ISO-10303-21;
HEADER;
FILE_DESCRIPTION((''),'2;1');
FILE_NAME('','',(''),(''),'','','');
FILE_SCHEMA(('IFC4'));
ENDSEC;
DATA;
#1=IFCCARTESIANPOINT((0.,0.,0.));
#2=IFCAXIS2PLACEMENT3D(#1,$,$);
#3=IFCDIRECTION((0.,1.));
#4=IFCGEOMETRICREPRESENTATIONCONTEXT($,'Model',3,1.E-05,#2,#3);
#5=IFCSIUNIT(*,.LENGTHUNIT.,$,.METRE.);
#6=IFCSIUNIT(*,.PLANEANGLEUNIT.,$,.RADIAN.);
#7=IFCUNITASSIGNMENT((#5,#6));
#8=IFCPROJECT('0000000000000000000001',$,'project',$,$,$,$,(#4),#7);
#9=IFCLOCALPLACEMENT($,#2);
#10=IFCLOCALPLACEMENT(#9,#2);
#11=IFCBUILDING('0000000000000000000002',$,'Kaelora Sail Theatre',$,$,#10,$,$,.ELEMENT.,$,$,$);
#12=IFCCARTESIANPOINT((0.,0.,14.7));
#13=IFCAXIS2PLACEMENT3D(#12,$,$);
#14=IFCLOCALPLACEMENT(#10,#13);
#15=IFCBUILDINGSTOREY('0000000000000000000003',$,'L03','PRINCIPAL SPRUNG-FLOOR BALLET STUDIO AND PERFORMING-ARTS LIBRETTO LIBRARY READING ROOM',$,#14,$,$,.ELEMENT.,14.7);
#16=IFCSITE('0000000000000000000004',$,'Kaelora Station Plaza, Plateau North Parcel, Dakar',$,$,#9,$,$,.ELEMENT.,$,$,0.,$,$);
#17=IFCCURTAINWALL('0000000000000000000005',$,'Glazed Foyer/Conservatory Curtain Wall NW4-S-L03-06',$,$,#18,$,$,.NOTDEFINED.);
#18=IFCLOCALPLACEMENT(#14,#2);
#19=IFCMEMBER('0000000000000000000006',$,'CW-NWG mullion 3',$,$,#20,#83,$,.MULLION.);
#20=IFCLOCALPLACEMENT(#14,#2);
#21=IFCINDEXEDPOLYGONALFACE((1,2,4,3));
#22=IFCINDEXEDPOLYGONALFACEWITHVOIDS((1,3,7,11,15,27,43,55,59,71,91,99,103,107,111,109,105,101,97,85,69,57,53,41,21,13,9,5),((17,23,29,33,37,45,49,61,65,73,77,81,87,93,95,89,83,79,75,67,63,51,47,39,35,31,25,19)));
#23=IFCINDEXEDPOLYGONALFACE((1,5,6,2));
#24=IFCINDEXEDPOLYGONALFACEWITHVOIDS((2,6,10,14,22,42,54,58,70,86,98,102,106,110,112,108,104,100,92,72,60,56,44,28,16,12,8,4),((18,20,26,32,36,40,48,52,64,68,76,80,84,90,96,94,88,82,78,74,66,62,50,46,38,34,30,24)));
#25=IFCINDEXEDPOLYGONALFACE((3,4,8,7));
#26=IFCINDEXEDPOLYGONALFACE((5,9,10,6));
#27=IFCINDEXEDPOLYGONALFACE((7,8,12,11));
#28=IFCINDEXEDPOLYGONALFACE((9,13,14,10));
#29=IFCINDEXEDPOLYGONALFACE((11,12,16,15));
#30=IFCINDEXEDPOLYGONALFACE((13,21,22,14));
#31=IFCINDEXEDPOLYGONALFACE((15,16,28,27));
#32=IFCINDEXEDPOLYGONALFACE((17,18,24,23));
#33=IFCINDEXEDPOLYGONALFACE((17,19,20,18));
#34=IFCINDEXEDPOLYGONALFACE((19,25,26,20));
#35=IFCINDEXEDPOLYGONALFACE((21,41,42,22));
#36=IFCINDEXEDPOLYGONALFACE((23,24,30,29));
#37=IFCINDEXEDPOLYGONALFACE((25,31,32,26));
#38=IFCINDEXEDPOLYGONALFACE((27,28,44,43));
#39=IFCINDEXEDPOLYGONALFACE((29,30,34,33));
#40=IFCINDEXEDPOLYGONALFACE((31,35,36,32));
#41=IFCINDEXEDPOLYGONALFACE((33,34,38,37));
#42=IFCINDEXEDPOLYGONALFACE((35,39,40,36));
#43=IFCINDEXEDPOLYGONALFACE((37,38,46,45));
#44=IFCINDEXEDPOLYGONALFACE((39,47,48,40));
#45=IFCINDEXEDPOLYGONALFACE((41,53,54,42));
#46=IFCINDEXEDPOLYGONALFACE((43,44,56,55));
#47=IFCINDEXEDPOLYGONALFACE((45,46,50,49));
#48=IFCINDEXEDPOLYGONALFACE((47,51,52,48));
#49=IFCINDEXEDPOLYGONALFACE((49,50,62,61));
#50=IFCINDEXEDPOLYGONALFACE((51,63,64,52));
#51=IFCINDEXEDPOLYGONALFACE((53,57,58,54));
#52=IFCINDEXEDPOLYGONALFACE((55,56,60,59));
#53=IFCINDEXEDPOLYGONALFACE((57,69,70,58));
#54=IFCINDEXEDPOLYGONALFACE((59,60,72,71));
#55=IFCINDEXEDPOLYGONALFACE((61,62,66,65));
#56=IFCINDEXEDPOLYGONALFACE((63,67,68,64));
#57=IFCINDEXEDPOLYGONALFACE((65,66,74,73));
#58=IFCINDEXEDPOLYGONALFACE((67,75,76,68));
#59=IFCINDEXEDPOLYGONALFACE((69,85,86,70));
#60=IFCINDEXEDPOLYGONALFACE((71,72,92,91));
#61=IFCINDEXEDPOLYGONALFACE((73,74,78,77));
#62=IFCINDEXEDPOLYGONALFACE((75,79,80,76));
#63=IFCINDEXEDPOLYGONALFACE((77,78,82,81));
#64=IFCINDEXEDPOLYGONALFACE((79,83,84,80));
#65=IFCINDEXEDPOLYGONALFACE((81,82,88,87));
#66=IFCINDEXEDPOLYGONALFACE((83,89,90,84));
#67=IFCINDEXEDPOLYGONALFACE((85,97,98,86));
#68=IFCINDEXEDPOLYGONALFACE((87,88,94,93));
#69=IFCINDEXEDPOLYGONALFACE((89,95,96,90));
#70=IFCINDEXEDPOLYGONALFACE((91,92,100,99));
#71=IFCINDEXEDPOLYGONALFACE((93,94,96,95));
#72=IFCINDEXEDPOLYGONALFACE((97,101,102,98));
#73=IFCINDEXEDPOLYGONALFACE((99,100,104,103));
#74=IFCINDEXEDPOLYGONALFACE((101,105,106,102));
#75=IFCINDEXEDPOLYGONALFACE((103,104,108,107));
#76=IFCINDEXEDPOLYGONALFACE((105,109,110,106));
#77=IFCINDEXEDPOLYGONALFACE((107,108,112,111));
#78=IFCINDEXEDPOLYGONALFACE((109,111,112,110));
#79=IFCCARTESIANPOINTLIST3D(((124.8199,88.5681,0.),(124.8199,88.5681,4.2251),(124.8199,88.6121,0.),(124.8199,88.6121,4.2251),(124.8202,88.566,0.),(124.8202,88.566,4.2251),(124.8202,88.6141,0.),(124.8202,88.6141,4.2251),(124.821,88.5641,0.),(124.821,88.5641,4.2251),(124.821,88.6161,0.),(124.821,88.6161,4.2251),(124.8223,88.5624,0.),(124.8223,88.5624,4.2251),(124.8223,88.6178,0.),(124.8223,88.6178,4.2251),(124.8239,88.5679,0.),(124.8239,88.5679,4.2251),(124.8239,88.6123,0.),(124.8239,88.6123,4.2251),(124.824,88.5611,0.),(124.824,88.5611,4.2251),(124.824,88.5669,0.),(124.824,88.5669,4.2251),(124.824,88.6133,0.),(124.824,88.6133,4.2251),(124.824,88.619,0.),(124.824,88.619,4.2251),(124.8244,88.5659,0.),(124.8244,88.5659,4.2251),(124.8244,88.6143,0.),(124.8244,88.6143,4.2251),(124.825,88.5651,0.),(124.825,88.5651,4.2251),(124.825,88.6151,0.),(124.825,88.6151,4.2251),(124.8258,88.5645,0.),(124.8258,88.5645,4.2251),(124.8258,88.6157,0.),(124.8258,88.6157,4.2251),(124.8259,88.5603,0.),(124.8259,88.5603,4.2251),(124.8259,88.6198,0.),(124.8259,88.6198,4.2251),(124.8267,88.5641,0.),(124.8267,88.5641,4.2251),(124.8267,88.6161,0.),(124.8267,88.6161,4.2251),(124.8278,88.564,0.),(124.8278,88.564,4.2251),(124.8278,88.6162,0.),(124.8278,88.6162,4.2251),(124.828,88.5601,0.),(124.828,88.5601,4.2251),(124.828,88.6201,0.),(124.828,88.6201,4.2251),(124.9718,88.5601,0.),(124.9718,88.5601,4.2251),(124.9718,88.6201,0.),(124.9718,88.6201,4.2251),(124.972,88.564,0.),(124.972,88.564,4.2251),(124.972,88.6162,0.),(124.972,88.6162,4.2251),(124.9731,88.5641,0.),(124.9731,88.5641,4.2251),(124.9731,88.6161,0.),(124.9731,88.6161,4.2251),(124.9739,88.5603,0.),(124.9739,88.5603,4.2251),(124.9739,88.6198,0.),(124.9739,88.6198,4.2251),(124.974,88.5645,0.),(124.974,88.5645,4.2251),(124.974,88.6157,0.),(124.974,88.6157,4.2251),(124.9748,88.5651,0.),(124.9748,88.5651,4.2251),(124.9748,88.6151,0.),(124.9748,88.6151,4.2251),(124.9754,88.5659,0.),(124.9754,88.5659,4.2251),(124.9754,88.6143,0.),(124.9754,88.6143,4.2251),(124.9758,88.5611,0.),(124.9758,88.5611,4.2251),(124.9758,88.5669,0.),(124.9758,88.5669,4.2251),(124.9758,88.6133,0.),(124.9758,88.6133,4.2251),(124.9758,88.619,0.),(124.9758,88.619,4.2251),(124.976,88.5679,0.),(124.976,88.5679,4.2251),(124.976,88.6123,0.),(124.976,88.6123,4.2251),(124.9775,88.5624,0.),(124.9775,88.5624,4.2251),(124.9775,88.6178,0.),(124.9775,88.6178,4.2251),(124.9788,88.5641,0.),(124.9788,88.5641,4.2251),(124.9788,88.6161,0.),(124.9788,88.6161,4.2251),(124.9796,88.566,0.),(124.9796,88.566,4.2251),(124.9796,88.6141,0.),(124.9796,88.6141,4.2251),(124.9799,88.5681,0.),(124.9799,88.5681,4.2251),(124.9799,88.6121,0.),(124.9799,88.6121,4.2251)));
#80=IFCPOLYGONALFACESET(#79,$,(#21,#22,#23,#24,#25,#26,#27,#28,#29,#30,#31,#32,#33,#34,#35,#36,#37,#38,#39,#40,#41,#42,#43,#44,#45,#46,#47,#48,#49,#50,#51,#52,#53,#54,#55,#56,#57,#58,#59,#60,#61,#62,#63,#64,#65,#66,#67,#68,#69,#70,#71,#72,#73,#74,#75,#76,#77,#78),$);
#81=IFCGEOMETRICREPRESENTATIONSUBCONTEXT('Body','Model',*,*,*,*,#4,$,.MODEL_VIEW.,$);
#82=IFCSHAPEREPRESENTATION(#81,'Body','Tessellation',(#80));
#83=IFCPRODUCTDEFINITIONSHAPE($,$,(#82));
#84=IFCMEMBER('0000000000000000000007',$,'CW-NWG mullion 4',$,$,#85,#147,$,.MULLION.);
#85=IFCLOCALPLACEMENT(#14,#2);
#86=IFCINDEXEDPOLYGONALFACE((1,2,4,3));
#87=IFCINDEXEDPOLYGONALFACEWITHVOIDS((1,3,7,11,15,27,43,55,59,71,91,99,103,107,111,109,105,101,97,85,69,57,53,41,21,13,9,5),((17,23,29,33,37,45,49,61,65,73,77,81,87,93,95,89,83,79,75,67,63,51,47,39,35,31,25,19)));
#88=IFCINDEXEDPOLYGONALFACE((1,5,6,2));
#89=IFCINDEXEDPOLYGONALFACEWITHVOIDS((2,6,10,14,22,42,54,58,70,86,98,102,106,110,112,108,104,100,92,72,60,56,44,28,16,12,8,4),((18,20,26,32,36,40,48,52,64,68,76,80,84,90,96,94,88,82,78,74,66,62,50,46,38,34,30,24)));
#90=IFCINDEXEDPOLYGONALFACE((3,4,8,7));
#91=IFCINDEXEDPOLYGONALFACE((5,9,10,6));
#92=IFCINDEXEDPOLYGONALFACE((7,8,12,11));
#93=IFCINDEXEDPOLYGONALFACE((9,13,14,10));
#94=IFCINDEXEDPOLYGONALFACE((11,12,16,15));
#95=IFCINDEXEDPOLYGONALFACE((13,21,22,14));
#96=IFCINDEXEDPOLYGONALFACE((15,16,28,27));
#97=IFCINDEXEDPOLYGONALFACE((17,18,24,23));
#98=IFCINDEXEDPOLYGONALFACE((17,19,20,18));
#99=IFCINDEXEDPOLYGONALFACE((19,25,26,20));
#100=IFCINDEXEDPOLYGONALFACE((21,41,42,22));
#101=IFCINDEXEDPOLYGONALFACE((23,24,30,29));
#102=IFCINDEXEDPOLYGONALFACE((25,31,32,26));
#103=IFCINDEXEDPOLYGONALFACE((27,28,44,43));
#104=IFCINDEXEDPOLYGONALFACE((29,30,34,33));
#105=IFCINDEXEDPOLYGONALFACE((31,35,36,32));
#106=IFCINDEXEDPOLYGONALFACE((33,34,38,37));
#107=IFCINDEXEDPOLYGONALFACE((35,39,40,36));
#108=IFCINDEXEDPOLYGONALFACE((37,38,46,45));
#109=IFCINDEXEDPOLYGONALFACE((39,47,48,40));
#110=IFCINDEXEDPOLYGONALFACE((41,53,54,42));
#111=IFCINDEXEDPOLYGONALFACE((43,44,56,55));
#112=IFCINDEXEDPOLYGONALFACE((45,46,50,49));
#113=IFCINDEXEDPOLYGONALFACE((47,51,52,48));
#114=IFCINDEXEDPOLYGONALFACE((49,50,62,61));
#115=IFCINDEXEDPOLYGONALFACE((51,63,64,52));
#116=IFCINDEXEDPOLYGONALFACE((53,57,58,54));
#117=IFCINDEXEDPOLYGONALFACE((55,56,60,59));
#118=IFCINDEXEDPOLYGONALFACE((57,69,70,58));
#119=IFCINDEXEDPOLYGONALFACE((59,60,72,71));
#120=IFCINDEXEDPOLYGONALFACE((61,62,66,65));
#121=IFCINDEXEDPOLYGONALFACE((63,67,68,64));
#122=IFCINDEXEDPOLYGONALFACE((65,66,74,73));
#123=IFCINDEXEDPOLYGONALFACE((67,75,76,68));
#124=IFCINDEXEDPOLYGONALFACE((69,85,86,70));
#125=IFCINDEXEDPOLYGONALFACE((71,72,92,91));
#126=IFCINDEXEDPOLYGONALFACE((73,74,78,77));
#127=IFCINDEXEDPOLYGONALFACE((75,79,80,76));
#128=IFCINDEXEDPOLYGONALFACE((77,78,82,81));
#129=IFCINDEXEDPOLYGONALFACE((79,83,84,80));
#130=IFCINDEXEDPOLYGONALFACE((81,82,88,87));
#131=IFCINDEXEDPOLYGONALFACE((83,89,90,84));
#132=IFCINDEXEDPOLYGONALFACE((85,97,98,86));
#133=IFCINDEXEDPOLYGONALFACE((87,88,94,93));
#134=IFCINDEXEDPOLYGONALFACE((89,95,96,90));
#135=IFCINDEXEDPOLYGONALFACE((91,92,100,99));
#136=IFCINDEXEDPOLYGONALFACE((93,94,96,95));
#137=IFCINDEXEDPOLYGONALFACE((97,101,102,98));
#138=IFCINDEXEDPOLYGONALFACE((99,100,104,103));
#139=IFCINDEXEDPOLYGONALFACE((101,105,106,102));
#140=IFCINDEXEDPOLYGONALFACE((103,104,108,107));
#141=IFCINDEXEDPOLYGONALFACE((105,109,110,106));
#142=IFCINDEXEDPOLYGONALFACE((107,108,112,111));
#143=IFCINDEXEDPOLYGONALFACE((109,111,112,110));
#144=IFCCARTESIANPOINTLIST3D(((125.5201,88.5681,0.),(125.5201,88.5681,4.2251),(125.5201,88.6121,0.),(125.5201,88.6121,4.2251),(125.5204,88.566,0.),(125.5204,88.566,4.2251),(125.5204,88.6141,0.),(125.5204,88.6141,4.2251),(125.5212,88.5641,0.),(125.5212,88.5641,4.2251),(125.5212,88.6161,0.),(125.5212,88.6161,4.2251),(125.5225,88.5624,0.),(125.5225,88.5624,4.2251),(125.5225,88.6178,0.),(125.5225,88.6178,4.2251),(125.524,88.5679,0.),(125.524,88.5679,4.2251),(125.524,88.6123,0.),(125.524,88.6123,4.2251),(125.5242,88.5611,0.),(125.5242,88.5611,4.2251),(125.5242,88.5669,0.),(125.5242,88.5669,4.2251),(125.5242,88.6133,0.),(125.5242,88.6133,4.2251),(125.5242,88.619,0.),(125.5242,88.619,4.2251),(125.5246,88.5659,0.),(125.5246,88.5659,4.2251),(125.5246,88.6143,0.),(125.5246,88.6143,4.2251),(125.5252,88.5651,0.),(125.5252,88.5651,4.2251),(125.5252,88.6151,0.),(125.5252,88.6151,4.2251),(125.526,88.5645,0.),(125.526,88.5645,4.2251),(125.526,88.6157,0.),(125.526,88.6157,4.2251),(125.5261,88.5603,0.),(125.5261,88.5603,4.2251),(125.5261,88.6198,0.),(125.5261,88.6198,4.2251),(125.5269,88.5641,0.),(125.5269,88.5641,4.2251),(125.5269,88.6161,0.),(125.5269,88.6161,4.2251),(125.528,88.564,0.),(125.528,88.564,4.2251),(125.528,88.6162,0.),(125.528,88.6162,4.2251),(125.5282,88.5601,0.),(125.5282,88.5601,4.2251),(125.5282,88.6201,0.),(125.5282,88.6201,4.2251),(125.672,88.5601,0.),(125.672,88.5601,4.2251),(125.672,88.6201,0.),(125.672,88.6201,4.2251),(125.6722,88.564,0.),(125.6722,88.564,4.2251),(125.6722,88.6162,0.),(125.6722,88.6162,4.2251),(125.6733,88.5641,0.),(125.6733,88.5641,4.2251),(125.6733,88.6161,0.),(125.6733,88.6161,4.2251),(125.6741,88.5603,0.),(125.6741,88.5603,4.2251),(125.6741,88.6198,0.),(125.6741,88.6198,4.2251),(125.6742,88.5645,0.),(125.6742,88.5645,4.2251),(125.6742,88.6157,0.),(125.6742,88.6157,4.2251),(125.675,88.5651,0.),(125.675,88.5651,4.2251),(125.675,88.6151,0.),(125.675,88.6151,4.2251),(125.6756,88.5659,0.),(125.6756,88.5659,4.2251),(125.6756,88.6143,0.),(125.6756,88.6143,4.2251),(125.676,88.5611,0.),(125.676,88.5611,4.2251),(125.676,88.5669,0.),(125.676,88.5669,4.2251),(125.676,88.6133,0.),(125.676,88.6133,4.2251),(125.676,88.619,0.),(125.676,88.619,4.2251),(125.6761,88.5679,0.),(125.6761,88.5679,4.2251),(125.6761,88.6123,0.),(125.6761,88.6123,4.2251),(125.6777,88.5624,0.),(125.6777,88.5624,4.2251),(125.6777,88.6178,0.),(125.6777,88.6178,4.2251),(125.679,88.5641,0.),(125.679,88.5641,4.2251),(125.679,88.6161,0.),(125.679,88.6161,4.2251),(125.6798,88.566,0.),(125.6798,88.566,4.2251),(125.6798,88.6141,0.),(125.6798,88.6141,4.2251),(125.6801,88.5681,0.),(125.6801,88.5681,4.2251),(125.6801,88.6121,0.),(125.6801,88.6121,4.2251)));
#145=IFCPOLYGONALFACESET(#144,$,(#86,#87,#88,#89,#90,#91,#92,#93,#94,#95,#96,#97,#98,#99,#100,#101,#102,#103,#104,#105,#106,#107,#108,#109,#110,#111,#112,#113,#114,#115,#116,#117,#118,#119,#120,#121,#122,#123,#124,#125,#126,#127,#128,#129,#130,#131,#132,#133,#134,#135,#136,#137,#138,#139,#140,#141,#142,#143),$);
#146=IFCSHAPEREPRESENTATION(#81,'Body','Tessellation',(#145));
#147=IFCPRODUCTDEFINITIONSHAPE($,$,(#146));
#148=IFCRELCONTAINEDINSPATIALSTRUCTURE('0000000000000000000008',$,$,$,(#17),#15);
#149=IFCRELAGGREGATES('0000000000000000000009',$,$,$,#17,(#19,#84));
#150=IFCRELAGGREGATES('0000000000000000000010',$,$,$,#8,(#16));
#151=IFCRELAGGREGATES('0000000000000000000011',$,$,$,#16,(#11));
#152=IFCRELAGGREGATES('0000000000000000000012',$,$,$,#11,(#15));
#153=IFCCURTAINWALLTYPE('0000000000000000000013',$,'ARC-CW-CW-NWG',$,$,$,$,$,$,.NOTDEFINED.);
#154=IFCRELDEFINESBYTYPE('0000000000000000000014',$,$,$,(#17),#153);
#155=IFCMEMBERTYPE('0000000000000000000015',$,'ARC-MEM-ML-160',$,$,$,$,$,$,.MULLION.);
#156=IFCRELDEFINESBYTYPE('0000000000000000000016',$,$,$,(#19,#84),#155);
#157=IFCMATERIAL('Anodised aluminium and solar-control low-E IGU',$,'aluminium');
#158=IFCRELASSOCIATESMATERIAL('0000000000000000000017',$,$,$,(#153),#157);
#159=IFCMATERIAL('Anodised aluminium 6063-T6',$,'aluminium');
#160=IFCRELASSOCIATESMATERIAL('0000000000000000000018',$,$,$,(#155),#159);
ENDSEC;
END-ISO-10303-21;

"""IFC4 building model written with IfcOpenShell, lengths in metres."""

from ifc_helpers import new_model, si_unit, direction, frame, origin, origin_2d, place, context, subcontext, project, spatial, hollow_rectangle, extrude, material, material_profile, profile_set, type_object, element, aggregate, save


model = new_model("IFC4")

# Units and contexts
model_context = context("Model", 3, precision=1e-05, world=origin(), true_north=direction((0.0, 1.0)))
body_context = subcontext(model_context, "Body", "Model", "MODEL_VIEW")
ifc_project = project(units=[si_unit("LENGTHUNIT", "METRE"), si_unit("PLANEANGLEUNIT", "RADIAN")], contexts=[model_context])

# Site, building, storey
site_placement = place(None, origin())
site = spatial("IfcSite", under=ifc_project, at=site_placement, Name="Kaelora Station Plaza, Plateau North Parcel, Dakar", CompositionType="ELEMENT", RefElevation=0.0)
building_placement = place(site_placement, origin())
building = spatial("IfcBuilding", under=site, at=building_placement, Name="Kaelora Sail Theatre", CompositionType="ELEMENT")
storey_placement = place(building_placement, frame((0.0, 0.0, 14.7)))
storey = spatial("IfcBuildingStorey", under=building, at=storey_placement, Name="L03", Description="PRINCIPAL SPRUNG-FLOOR BALLET STUDIO AND PERFORMING-ARTS LIBRETTO LIBRARY READING ROOM", CompositionType="ELEMENT", Elevation=14.7)

# Curtain wall, members
ifc_material_1 = material(Name="Anodised aluminium and solar-control low-E IGU", Category="aluminium")
curtain_wall_type = type_object("IfcCurtainWallType", Name="ARC-CW-CW-NWG", PredefinedType="NOTDEFINED", material=ifc_material_1)
curtain_wall_placement = place(storey_placement, origin())
curtain_wall = element("IfcCurtainWall", 1, at=curtain_wall_placement, inside=storey, type_object=curtain_wall_type, Name="Glazed Foyer/Conservatory Curtain Wall NW4-S-L03-06", PredefinedType="NOTDEFINED")
ifc_material_2 = material(Name="Anodised aluminium 6063-T6", Category="aluminium")
ifc_material_profile_1 = material_profile(ifc_material_2, hollow_rectangle(XDim=0.0601, YDim=0.1599, WallThickness=0.0039, InnerFilletRadius=0.0039, OuterFilletRadius=0.0081, at=origin_2d()), Name="ALU-MULL 60x160x4")
ifc_profile_set_1 = profile_set([ifc_material_profile_1], Name="Anodised aluminium 6063-T6")
member_type_1 = type_object("IfcMemberType", Name="ARC-MEM-ML-160", PredefinedType="MULLION", material=ifc_profile_set_1)
member_1_placement = place(storey_placement, frame((124.8999, 88.5901, 0.0), z_axis=(0.0, 0.0, 1.0), x_axis=(0.0, 1.0, 0.0)))
member_1 = element("IfcMember", 2, at=member_1_placement, type_object=member_type_1, Name="CW-NWG mullion 3", PredefinedType="MULLION", context=body_context, shape_type="SweptSolid", body=[
    extrude(hollow_rectangle(XDim=0.0601, YDim=0.1599, WallThickness=0.0039, InnerFilletRadius=0.0039, OuterFilletRadius=0.0081, at=origin_2d()), origin(), (0.0, 0.0, 1.0), 4.2251),
])
member_2_placement = place(storey_placement, frame((125.6001, 88.5901, 0.0), z_axis=(0.0, 0.0, 1.0), x_axis=(0.0, 1.0, 0.0)))
member_2 = element("IfcMember", 3, at=member_2_placement, type_object=member_type_1, Name="CW-NWG mullion 4", PredefinedType="MULLION", context=body_context, shape_type="SweptSolid", body=[
    extrude(hollow_rectangle(XDim=0.0601, YDim=0.1599, WallThickness=0.0039, InnerFilletRadius=0.0039, OuterFilletRadius=0.0081, at=origin_2d()), origin(), (0.0, 0.0, 1.0), 4.2251),
])
aggregate(curtain_wall, [member_1, member_2])

save(model, "model.ifc")
